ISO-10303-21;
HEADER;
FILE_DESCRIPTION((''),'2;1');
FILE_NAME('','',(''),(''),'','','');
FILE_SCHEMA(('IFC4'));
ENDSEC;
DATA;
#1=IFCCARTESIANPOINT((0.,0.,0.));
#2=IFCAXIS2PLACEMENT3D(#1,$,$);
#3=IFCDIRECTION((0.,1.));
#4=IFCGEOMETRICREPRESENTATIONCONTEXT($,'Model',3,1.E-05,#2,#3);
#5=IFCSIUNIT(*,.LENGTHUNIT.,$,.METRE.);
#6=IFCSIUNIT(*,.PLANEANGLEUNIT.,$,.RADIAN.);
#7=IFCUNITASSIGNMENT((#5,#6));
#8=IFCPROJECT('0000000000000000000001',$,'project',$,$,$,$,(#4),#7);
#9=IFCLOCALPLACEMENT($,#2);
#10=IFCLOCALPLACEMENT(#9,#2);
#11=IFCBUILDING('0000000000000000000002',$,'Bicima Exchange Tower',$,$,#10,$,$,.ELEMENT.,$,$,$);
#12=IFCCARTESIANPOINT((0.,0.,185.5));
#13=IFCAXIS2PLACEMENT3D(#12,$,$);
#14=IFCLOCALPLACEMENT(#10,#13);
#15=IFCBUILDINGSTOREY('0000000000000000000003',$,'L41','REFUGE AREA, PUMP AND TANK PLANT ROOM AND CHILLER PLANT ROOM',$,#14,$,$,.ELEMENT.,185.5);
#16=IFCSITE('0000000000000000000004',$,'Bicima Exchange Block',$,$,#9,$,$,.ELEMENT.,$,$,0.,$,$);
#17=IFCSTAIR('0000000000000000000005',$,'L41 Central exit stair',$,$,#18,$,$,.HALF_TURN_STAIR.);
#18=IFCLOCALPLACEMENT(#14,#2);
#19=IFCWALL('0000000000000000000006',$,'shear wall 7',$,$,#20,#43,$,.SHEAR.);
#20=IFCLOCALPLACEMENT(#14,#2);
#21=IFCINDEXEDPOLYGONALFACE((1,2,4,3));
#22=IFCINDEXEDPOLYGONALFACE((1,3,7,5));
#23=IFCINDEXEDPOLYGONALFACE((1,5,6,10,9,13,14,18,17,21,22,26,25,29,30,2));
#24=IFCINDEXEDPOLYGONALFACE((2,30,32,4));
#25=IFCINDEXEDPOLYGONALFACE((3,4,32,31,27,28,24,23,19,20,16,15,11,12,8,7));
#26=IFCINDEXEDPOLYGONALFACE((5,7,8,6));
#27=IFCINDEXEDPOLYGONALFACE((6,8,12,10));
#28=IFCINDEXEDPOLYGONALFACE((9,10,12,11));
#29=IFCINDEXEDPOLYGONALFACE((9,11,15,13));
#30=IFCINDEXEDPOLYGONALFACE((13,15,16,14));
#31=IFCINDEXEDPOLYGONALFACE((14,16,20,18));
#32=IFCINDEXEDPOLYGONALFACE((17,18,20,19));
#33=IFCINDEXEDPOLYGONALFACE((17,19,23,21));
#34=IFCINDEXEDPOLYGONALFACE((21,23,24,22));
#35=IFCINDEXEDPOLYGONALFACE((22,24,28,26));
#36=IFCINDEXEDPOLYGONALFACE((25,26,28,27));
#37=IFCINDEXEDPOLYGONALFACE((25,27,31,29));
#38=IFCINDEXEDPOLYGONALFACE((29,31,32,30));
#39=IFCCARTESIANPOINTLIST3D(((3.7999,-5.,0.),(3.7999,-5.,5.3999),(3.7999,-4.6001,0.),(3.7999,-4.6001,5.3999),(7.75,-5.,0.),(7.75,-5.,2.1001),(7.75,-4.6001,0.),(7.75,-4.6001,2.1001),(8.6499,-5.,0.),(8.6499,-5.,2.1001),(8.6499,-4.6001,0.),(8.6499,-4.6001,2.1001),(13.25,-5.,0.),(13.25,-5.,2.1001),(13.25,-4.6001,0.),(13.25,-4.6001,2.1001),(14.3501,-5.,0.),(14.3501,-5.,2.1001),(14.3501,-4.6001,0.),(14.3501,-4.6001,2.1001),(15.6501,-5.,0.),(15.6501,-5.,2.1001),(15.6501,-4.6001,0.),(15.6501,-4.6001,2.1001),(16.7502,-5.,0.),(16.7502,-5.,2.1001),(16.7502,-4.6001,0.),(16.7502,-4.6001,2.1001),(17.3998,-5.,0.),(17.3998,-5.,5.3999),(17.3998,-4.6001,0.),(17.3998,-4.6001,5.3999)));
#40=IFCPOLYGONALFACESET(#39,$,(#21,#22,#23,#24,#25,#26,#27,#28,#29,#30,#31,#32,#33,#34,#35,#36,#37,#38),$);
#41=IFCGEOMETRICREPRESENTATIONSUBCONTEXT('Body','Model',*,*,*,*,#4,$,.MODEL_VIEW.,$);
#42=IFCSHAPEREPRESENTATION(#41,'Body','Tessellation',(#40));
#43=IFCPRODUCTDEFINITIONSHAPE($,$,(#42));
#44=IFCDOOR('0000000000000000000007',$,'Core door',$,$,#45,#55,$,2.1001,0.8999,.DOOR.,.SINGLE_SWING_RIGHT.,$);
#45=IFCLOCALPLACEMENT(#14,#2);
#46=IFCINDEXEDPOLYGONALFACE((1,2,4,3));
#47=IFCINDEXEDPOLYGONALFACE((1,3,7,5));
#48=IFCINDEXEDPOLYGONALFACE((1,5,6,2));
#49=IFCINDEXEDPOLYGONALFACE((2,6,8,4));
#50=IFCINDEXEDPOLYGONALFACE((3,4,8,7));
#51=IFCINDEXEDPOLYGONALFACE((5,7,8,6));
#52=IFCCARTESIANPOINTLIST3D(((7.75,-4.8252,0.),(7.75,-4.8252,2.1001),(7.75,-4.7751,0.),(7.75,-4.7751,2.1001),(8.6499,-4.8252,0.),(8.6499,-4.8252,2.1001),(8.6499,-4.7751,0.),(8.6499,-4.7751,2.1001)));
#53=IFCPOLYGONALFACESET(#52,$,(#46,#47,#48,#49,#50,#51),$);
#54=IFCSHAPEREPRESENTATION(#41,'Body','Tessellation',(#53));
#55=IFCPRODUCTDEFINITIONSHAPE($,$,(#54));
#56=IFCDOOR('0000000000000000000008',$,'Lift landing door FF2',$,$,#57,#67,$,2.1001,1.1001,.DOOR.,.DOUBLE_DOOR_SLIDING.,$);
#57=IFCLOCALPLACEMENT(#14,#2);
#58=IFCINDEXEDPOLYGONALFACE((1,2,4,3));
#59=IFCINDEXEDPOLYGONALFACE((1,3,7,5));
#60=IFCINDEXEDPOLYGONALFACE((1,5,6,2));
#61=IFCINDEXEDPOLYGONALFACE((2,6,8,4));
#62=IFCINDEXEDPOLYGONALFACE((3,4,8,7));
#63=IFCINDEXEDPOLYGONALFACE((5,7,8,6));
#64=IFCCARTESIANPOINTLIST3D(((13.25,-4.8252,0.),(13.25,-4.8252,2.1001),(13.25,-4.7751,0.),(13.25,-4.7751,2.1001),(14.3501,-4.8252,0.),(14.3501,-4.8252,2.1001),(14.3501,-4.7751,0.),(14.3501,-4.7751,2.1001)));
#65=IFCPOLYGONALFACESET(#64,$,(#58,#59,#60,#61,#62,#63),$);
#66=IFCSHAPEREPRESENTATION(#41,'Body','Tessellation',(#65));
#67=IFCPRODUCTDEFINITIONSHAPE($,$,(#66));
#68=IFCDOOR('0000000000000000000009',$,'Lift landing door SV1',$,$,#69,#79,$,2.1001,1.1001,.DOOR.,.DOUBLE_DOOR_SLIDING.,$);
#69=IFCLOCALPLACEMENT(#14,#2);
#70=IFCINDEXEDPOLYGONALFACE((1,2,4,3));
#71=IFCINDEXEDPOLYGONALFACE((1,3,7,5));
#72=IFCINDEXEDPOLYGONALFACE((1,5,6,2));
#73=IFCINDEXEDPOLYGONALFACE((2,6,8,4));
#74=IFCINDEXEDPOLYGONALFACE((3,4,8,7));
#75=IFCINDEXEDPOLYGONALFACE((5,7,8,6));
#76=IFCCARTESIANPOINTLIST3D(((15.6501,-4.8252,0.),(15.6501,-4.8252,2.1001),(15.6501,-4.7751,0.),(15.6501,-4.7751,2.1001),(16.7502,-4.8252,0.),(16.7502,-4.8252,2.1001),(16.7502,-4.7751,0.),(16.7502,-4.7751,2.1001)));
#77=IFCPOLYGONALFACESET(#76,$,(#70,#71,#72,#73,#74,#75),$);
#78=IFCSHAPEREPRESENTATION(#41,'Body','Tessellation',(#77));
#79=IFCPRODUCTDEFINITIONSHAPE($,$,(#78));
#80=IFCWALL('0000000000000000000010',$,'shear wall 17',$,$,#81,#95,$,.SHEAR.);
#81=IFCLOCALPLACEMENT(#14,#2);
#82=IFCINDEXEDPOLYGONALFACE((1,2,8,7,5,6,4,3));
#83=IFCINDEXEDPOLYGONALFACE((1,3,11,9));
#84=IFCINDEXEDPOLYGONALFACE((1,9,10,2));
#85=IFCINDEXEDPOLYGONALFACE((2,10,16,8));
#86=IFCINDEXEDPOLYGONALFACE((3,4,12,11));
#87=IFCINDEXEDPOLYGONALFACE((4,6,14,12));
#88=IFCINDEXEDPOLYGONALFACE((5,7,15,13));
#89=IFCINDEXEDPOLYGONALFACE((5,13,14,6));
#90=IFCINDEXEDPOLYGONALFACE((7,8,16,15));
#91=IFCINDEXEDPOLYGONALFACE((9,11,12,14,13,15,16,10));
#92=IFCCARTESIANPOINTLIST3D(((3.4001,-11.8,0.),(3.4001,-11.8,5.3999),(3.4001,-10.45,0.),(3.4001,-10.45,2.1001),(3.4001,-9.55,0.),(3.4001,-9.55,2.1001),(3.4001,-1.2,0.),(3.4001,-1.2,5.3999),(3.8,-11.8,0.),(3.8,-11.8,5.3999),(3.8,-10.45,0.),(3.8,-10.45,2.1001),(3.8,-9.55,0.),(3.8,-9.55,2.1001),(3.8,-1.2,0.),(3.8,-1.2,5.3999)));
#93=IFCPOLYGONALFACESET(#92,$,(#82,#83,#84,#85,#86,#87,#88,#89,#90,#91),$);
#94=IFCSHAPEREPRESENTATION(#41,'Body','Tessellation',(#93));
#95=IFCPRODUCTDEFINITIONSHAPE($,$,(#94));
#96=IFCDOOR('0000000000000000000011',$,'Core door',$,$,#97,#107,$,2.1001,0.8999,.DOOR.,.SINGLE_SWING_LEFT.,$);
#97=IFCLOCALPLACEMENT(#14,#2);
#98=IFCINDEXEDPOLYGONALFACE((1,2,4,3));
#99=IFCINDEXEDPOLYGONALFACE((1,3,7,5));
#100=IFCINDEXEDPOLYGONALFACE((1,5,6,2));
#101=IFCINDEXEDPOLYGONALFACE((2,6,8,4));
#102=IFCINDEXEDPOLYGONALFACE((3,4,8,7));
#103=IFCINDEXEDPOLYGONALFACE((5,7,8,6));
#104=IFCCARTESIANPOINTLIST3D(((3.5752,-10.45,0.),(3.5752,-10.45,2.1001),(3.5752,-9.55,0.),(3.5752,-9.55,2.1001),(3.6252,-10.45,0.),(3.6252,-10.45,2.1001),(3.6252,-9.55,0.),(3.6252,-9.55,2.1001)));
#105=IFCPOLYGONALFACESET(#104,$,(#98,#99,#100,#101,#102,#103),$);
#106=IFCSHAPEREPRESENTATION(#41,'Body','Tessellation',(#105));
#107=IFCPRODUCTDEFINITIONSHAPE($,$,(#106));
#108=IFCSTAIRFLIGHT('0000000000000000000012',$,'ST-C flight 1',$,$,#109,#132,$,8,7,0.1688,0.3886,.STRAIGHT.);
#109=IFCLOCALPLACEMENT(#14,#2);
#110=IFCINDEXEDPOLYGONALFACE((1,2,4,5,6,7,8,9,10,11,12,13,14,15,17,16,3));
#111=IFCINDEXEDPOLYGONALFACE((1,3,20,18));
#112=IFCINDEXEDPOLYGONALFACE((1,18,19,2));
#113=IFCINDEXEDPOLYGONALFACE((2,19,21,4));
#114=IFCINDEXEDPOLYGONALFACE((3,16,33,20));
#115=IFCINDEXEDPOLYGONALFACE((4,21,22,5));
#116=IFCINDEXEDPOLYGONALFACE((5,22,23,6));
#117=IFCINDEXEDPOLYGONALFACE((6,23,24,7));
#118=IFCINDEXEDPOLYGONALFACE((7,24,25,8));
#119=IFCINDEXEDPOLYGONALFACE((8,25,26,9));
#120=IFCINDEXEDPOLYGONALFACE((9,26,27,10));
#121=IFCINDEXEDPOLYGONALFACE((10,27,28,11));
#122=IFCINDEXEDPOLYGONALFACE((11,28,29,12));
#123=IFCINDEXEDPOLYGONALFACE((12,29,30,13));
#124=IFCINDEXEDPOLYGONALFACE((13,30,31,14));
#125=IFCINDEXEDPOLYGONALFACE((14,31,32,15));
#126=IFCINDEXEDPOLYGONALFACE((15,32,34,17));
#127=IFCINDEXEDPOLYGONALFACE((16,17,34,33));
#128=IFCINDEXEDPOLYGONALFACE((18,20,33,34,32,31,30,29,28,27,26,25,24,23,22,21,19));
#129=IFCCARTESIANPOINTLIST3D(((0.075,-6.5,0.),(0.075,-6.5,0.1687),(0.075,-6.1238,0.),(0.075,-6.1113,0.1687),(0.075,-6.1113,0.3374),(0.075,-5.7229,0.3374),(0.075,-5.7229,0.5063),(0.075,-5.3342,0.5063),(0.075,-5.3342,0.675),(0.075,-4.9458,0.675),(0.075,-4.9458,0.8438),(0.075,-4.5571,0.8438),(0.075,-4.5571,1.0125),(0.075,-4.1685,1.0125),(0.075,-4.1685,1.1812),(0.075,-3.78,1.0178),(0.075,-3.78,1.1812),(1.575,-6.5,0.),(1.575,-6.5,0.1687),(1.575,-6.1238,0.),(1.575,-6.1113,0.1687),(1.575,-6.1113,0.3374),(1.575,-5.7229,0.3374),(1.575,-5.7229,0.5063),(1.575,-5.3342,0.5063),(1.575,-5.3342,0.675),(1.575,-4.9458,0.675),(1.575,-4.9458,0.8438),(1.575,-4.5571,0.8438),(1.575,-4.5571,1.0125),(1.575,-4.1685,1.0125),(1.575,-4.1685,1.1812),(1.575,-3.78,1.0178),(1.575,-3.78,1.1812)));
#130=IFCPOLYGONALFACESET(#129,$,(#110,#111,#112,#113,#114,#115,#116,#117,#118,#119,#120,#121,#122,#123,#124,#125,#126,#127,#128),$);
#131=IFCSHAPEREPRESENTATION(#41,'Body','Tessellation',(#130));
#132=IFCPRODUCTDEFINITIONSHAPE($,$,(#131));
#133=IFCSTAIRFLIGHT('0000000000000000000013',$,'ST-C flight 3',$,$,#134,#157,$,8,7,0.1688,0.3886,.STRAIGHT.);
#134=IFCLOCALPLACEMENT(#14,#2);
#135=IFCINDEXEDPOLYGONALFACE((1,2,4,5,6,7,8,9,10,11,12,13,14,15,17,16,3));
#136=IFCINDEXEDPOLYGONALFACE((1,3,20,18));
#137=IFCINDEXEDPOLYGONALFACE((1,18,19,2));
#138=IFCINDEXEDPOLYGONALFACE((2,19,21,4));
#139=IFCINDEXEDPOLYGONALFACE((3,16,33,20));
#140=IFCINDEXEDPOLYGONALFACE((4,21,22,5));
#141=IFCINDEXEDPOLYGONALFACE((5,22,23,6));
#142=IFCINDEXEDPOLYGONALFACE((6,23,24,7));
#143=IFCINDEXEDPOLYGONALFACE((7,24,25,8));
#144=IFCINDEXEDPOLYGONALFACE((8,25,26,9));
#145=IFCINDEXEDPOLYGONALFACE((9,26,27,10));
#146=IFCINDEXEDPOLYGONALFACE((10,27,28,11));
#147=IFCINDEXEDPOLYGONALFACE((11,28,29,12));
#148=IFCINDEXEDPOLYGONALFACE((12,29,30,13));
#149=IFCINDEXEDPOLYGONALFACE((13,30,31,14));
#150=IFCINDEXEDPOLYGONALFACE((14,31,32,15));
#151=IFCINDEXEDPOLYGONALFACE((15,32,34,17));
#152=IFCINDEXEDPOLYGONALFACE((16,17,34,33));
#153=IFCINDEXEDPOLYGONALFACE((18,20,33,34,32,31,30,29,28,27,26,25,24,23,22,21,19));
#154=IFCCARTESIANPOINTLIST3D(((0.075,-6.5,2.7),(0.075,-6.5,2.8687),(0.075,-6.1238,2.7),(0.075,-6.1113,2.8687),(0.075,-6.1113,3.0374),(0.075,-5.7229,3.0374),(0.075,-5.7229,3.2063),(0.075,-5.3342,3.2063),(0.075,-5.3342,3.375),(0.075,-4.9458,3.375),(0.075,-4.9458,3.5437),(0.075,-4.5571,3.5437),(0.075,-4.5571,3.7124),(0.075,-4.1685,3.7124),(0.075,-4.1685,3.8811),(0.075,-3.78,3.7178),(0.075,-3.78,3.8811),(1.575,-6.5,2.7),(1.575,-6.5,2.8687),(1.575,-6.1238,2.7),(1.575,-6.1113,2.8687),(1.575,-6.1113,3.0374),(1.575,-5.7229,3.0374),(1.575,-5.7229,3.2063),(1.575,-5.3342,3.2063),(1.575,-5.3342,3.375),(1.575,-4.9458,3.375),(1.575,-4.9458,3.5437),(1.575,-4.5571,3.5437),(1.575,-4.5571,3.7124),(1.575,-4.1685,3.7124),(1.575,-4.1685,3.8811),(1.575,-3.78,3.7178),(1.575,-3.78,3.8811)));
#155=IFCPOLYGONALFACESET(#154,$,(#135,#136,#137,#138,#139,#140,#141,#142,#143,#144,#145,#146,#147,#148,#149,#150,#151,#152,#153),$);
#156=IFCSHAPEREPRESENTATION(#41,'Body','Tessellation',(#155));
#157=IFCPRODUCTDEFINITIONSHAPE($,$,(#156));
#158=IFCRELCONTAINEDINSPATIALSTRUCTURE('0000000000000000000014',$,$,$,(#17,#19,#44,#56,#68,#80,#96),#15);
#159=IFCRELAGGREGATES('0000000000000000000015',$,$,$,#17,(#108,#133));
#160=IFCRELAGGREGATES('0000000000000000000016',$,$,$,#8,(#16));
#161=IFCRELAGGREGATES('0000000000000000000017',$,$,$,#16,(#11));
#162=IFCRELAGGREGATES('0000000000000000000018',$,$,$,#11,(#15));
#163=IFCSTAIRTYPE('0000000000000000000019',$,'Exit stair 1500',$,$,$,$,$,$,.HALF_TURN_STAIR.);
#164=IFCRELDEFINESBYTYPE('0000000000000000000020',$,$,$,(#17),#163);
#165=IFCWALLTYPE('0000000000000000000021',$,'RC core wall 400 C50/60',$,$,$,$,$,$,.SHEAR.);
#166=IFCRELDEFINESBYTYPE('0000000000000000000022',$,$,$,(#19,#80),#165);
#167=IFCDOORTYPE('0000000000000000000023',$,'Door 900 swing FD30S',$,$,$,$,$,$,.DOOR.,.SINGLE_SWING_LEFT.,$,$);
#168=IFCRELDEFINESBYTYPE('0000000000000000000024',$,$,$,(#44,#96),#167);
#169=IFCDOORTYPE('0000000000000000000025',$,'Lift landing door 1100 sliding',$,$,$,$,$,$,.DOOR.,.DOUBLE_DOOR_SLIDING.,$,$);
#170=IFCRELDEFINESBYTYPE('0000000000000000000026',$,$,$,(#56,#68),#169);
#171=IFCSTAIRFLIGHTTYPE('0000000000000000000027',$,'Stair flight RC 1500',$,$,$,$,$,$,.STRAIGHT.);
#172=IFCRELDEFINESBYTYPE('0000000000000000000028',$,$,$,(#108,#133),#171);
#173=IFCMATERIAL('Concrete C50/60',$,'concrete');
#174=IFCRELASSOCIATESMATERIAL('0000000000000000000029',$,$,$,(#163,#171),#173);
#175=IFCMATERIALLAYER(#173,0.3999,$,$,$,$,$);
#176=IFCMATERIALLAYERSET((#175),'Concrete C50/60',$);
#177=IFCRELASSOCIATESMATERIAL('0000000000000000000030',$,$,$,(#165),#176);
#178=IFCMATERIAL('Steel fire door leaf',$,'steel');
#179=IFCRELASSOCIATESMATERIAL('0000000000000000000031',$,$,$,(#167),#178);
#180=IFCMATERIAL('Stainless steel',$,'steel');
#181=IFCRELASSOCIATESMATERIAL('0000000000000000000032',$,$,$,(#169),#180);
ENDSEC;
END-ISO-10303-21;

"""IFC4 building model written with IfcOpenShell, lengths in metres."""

from ifc_helpers import new_model, si_unit, direction, frame, frame_2d, origin, place, context, subcontext, project, spatial, polyline, rectangle, outline, extrude, material, layer, layer_set, type_object, element, fill, aggregate, save


model = new_model("IFC4")

# Units and contexts
model_context = context("Model", 3, precision=1e-05, world=origin(), true_north=direction((0.0, 1.0)))
body_context = subcontext(model_context, "Body", "Model", "MODEL_VIEW")
ifc_project = project(units=[si_unit("LENGTHUNIT", "METRE"), si_unit("PLANEANGLEUNIT", "RADIAN")], contexts=[model_context])

# Site, building, storey
site_placement = place(None, origin())
site = spatial("IfcSite", under=ifc_project, at=site_placement, Name="Bicima Exchange Block", CompositionType="ELEMENT", RefElevation=0.0)
building_placement = place(site_placement, origin())
building = spatial("IfcBuilding", under=site, at=building_placement, Name="Bicima Exchange Tower", CompositionType="ELEMENT")
storey_placement = place(building_placement, frame((0.0, 0.0, 185.5)))
storey = spatial("IfcBuildingStorey", under=building, at=storey_placement, Name="L41", Description="REFUGE AREA, PUMP AND TANK PLANT ROOM AND CHILLER PLANT ROOM", CompositionType="ELEMENT", Elevation=185.5)

# Stair
ifc_material_1 = material(Name="Concrete C50/60", Category="concrete")
stair_type_1 = type_object("IfcStairType", Name="Exit stair 1500", PredefinedType="HALF_TURN_STAIR", material=ifc_material_1)
stair_1_placement = place(storey_placement, origin())
stair_1 = element("IfcStair", 1, at=stair_1_placement, inside=storey, type_object=stair_type_1, Name="L41 Central exit stair", PredefinedType="HALF_TURN_STAIR")

# Shared definitions
ifc_layer_1 = layer(ifc_material_1, 0.3999)
ifc_layer_set_1 = layer_set([ifc_layer_1], Name="Concrete C50/60")
wall_type = type_object("IfcWallType", Name="RC core wall 400 C50/60", PredefinedType="SHEAR", material=ifc_layer_set_1)

# Wall, openings, doors
wall_1_placement = place(storey_placement, frame((3.8, -4.8, 0.0), z_axis=(0.0, 0.0, 1.0), x_axis=(1.0, 0.0, 0.0)))
wall_1 = element("IfcWall", 2, at=wall_1_placement, inside=storey, type_object=wall_type, Name="shear wall 7", PredefinedType="SHEAR", context=body_context, shape_type="SweptSolid", body=[
    extrude(rectangle(XDim=13.5999, YDim=0.3999, at=frame_2d((6.7998, 0.0))), origin(), (0.0, 0.0, 1.0), 5.3999),
])
opening_1_placement = place(wall_1_placement, frame((9.45, 0.0, 0.0)))
opening_1 = element("IfcOpeningElement", 3, at=opening_1_placement, cuts=wall_1, PredefinedType="OPENING", context=body_context, shape_type="SweptSolid", body=[
    extrude(rectangle(XDim=1.1001, YDim=2.1001, at=frame_2d((0.55, 1.05))), frame((0.0, 0.2119, 0.0), z_axis=(0.0, -1.0, 0.0), x_axis=(1.0, 0.0, 0.0)), (0.0, 0.0, 1.0), 0.4238),
])
opening_2_placement = place(wall_1_placement, frame((11.8501, 0.0, 0.0)))
opening_2 = element("IfcOpeningElement", 4, at=opening_2_placement, cuts=wall_1, PredefinedType="OPENING", context=body_context, shape_type="SweptSolid", body=[
    extrude(rectangle(XDim=1.1001, YDim=2.1001, at=frame_2d((0.55, 1.05))), frame((0.0, 0.2119, 0.0), z_axis=(0.0, -1.0, 0.0), x_axis=(1.0, 0.0, 0.0)), (0.0, 0.0, 1.0), 0.4238),
])
opening_3_placement = place(wall_1_placement, frame((3.95, 0.0, 0.0)))
opening_3 = element("IfcOpeningElement", 5, at=opening_3_placement, cuts=wall_1, PredefinedType="OPENING", context=body_context, shape_type="SweptSolid", body=[
    extrude(rectangle(XDim=0.8999, YDim=2.1001, at=frame_2d((0.45, 1.05))), frame((0.0, 0.2119, 0.0), z_axis=(0.0, -1.0, 0.0), x_axis=(1.0, 0.0, 0.0)), (0.0, 0.0, 1.0), 0.4238),
])
ifc_material_2 = material(Name="Steel fire door leaf", Category="steel")
door_type_1 = type_object("IfcDoorType", Name="Door 900 swing FD30S", OperationType="SINGLE_SWING_LEFT", PredefinedType="DOOR", material=ifc_material_2)
door_1_placement = place(opening_3_placement, origin())
door_1 = element("IfcDoor", 6, at=door_1_placement, inside=storey, type_object=door_type_1, Name="Core door", OperationType="SINGLE_SWING_RIGHT", OverallHeight=2.1001, OverallWidth=0.8999, PredefinedType="DOOR", context=body_context, shape_type="SweptSolid", body=[
    extrude(rectangle(XDim=0.8999, YDim=2.1001, at=frame_2d((0.45, 1.05))), frame((0.0, 0.0249, 0.0), z_axis=(0.0, -1.0, 0.0), x_axis=(1.0, 0.0, 0.0)), (0.0, 0.0, 1.0), 0.05),
])
fill(opening_3, door_1)
ifc_material_3 = material(Name="Stainless steel", Category="steel")
door_type_2 = type_object("IfcDoorType", Name="Lift landing door 1100 sliding", OperationType="DOUBLE_DOOR_SLIDING", PredefinedType="DOOR", material=ifc_material_3)
door_2_placement = place(opening_1_placement, origin())
door_2 = element("IfcDoor", 7, at=door_2_placement, inside=storey, type_object=door_type_2, Name="Lift landing door FF2", OperationType="DOUBLE_DOOR_SLIDING", OverallHeight=2.1001, OverallWidth=1.1001, PredefinedType="DOOR", context=body_context, shape_type="SweptSolid", body=[
    extrude(rectangle(XDim=1.1001, YDim=2.1001, at=frame_2d((0.55, 1.05))), frame((0.0, 0.0249, 0.0), z_axis=(0.0, -1.0, 0.0), x_axis=(1.0, 0.0, 0.0)), (0.0, 0.0, 1.0), 0.05),
])
fill(opening_1, door_2)
door_3_placement = place(opening_2_placement, origin())
door_3 = element("IfcDoor", 8, at=door_3_placement, inside=storey, type_object=door_type_2, Name="Lift landing door SV1", OperationType="DOUBLE_DOOR_SLIDING", OverallHeight=2.1001, OverallWidth=1.1001, PredefinedType="DOOR", context=body_context, shape_type="SweptSolid", body=[
    extrude(rectangle(XDim=1.1001, YDim=2.1001, at=frame_2d((0.55, 1.05))), frame((0.0, 0.0249, 0.0), z_axis=(0.0, -1.0, 0.0), x_axis=(1.0, 0.0, 0.0)), (0.0, 0.0, 1.0), 0.05),
])
fill(opening_2, door_3)

# Wall, opening, door
wall_2_placement = place(storey_placement, frame((3.6001, -11.8, 0.0), z_axis=(0.0, 0.0, 1.0), x_axis=(0.0, 1.0, 0.0)))
wall_2 = element("IfcWall", 9, at=wall_2_placement, inside=storey, type_object=wall_type, Name="shear wall 17", PredefinedType="SHEAR", context=body_context, shape_type="SweptSolid", body=[
    extrude(rectangle(XDim=10.6001, YDim=0.3999, at=frame_2d((5.3, 0.0))), origin(), (0.0, 0.0, 1.0), 5.3999),
])
opening_4_placement = place(wall_2_placement, frame((1.3501, 0.0, 0.0)))
opening_4 = element("IfcOpeningElement", 10, at=opening_4_placement, cuts=wall_2, PredefinedType="OPENING", context=body_context, shape_type="SweptSolid", body=[
    extrude(rectangle(XDim=0.8999, YDim=2.1001, at=frame_2d((0.45, 1.05))), frame((0.0, 0.2119, 0.0), z_axis=(0.0, -1.0, 0.0), x_axis=(1.0, 0.0, 0.0)), (0.0, 0.0, 1.0), 0.4238),
])
door_4_placement = place(opening_4_placement, origin())
door_4 = element("IfcDoor", 11, at=door_4_placement, inside=storey, type_object=door_type_1, Name="Core door", OperationType="SINGLE_SWING_LEFT", OverallHeight=2.1001, OverallWidth=0.8999, PredefinedType="DOOR", context=body_context, shape_type="SweptSolid", body=[
    extrude(rectangle(XDim=0.8999, YDim=2.1001, at=frame_2d((0.45, 1.05))), frame((0.0, 0.0249, 0.0), z_axis=(0.0, -1.0, 0.0), x_axis=(1.0, 0.0, 0.0)), (0.0, 0.0, 1.0), 0.05),
])
fill(opening_4, door_4)

# Stair flights
stair_flight_type = type_object("IfcStairFlightType", Name="Stair flight RC 1500", PredefinedType="STRAIGHT", material=ifc_material_1)
stair_flight_1_placement = place(storey_placement, frame((0.825, -6.5, 0.0), z_axis=(0.0, 0.0, 1.0), x_axis=(0.0, 1.0, 0.0)))
stair_flight_1 = element("IfcStairFlight", 12, at=stair_flight_1_placement, type_object=stair_flight_type, Name="ST-C flight 1", NumberOfRisers=8, NumberOfTreads=7, PredefinedType="STRAIGHT", RiserHeight=0.1688, TreadLength=0.3886, context=body_context, shape_type="SweptSolid", body=[
    extrude(outline(polyline([(0.0, 0.0), (0.0, 0.1687), (0.3887, 0.1687), (0.3887, 0.3374), (0.7771, 0.3374), (0.7771, 0.5063), (1.1658, 0.5063), (1.1658, 0.675), (1.5542, 0.675), (1.5542, 0.8438), (1.9429, 0.8438), (1.9429, 1.0125), (2.3315, 1.0125), (2.3315, 1.1812), (2.72, 1.1812), (2.72, 1.3501), (2.72, 1.0178), (0.3762, 0.0), (0.0, 0.0)])), frame((0.0, 0.75, 0.0), z_axis=(0.0, -1.0, 0.0), x_axis=(1.0, 0.0, 0.0)), (0.0, 0.0, 1.0), 1.5),
])
stair_flight_2_placement = place(storey_placement, frame((0.825, -6.5, 2.7), z_axis=(0.0, 0.0, 1.0), x_axis=(0.0, 1.0, 0.0)))
stair_flight_2 = element("IfcStairFlight", 13, at=stair_flight_2_placement, type_object=stair_flight_type, Name="ST-C flight 3", NumberOfRisers=8, NumberOfTreads=7, PredefinedType="STRAIGHT", RiserHeight=0.1688, TreadLength=0.3886, context=body_context, shape_type="SweptSolid", body=[
    extrude(outline(polyline([(0.0, 0.0), (0.0, 0.1687), (0.3887, 0.1687), (0.3887, 0.3374), (0.7771, 0.3374), (0.7771, 0.5063), (1.1658, 0.5063), (1.1658, 0.675), (1.5542, 0.675), (1.5542, 0.8438), (1.9429, 0.8438), (1.9429, 1.0125), (2.3315, 1.0125), (2.3315, 1.1812), (2.72, 1.1812), (2.72, 1.3501), (2.72, 1.0178), (0.3762, 0.0), (0.0, 0.0)])), frame((0.0, 0.75, 0.0), z_axis=(0.0, -1.0, 0.0), x_axis=(1.0, 0.0, 0.0)), (0.0, 0.0, 1.0), 1.5),
])
aggregate(stair_1, [stair_flight_1, stair_flight_2])

save(model, "model.ifc")
